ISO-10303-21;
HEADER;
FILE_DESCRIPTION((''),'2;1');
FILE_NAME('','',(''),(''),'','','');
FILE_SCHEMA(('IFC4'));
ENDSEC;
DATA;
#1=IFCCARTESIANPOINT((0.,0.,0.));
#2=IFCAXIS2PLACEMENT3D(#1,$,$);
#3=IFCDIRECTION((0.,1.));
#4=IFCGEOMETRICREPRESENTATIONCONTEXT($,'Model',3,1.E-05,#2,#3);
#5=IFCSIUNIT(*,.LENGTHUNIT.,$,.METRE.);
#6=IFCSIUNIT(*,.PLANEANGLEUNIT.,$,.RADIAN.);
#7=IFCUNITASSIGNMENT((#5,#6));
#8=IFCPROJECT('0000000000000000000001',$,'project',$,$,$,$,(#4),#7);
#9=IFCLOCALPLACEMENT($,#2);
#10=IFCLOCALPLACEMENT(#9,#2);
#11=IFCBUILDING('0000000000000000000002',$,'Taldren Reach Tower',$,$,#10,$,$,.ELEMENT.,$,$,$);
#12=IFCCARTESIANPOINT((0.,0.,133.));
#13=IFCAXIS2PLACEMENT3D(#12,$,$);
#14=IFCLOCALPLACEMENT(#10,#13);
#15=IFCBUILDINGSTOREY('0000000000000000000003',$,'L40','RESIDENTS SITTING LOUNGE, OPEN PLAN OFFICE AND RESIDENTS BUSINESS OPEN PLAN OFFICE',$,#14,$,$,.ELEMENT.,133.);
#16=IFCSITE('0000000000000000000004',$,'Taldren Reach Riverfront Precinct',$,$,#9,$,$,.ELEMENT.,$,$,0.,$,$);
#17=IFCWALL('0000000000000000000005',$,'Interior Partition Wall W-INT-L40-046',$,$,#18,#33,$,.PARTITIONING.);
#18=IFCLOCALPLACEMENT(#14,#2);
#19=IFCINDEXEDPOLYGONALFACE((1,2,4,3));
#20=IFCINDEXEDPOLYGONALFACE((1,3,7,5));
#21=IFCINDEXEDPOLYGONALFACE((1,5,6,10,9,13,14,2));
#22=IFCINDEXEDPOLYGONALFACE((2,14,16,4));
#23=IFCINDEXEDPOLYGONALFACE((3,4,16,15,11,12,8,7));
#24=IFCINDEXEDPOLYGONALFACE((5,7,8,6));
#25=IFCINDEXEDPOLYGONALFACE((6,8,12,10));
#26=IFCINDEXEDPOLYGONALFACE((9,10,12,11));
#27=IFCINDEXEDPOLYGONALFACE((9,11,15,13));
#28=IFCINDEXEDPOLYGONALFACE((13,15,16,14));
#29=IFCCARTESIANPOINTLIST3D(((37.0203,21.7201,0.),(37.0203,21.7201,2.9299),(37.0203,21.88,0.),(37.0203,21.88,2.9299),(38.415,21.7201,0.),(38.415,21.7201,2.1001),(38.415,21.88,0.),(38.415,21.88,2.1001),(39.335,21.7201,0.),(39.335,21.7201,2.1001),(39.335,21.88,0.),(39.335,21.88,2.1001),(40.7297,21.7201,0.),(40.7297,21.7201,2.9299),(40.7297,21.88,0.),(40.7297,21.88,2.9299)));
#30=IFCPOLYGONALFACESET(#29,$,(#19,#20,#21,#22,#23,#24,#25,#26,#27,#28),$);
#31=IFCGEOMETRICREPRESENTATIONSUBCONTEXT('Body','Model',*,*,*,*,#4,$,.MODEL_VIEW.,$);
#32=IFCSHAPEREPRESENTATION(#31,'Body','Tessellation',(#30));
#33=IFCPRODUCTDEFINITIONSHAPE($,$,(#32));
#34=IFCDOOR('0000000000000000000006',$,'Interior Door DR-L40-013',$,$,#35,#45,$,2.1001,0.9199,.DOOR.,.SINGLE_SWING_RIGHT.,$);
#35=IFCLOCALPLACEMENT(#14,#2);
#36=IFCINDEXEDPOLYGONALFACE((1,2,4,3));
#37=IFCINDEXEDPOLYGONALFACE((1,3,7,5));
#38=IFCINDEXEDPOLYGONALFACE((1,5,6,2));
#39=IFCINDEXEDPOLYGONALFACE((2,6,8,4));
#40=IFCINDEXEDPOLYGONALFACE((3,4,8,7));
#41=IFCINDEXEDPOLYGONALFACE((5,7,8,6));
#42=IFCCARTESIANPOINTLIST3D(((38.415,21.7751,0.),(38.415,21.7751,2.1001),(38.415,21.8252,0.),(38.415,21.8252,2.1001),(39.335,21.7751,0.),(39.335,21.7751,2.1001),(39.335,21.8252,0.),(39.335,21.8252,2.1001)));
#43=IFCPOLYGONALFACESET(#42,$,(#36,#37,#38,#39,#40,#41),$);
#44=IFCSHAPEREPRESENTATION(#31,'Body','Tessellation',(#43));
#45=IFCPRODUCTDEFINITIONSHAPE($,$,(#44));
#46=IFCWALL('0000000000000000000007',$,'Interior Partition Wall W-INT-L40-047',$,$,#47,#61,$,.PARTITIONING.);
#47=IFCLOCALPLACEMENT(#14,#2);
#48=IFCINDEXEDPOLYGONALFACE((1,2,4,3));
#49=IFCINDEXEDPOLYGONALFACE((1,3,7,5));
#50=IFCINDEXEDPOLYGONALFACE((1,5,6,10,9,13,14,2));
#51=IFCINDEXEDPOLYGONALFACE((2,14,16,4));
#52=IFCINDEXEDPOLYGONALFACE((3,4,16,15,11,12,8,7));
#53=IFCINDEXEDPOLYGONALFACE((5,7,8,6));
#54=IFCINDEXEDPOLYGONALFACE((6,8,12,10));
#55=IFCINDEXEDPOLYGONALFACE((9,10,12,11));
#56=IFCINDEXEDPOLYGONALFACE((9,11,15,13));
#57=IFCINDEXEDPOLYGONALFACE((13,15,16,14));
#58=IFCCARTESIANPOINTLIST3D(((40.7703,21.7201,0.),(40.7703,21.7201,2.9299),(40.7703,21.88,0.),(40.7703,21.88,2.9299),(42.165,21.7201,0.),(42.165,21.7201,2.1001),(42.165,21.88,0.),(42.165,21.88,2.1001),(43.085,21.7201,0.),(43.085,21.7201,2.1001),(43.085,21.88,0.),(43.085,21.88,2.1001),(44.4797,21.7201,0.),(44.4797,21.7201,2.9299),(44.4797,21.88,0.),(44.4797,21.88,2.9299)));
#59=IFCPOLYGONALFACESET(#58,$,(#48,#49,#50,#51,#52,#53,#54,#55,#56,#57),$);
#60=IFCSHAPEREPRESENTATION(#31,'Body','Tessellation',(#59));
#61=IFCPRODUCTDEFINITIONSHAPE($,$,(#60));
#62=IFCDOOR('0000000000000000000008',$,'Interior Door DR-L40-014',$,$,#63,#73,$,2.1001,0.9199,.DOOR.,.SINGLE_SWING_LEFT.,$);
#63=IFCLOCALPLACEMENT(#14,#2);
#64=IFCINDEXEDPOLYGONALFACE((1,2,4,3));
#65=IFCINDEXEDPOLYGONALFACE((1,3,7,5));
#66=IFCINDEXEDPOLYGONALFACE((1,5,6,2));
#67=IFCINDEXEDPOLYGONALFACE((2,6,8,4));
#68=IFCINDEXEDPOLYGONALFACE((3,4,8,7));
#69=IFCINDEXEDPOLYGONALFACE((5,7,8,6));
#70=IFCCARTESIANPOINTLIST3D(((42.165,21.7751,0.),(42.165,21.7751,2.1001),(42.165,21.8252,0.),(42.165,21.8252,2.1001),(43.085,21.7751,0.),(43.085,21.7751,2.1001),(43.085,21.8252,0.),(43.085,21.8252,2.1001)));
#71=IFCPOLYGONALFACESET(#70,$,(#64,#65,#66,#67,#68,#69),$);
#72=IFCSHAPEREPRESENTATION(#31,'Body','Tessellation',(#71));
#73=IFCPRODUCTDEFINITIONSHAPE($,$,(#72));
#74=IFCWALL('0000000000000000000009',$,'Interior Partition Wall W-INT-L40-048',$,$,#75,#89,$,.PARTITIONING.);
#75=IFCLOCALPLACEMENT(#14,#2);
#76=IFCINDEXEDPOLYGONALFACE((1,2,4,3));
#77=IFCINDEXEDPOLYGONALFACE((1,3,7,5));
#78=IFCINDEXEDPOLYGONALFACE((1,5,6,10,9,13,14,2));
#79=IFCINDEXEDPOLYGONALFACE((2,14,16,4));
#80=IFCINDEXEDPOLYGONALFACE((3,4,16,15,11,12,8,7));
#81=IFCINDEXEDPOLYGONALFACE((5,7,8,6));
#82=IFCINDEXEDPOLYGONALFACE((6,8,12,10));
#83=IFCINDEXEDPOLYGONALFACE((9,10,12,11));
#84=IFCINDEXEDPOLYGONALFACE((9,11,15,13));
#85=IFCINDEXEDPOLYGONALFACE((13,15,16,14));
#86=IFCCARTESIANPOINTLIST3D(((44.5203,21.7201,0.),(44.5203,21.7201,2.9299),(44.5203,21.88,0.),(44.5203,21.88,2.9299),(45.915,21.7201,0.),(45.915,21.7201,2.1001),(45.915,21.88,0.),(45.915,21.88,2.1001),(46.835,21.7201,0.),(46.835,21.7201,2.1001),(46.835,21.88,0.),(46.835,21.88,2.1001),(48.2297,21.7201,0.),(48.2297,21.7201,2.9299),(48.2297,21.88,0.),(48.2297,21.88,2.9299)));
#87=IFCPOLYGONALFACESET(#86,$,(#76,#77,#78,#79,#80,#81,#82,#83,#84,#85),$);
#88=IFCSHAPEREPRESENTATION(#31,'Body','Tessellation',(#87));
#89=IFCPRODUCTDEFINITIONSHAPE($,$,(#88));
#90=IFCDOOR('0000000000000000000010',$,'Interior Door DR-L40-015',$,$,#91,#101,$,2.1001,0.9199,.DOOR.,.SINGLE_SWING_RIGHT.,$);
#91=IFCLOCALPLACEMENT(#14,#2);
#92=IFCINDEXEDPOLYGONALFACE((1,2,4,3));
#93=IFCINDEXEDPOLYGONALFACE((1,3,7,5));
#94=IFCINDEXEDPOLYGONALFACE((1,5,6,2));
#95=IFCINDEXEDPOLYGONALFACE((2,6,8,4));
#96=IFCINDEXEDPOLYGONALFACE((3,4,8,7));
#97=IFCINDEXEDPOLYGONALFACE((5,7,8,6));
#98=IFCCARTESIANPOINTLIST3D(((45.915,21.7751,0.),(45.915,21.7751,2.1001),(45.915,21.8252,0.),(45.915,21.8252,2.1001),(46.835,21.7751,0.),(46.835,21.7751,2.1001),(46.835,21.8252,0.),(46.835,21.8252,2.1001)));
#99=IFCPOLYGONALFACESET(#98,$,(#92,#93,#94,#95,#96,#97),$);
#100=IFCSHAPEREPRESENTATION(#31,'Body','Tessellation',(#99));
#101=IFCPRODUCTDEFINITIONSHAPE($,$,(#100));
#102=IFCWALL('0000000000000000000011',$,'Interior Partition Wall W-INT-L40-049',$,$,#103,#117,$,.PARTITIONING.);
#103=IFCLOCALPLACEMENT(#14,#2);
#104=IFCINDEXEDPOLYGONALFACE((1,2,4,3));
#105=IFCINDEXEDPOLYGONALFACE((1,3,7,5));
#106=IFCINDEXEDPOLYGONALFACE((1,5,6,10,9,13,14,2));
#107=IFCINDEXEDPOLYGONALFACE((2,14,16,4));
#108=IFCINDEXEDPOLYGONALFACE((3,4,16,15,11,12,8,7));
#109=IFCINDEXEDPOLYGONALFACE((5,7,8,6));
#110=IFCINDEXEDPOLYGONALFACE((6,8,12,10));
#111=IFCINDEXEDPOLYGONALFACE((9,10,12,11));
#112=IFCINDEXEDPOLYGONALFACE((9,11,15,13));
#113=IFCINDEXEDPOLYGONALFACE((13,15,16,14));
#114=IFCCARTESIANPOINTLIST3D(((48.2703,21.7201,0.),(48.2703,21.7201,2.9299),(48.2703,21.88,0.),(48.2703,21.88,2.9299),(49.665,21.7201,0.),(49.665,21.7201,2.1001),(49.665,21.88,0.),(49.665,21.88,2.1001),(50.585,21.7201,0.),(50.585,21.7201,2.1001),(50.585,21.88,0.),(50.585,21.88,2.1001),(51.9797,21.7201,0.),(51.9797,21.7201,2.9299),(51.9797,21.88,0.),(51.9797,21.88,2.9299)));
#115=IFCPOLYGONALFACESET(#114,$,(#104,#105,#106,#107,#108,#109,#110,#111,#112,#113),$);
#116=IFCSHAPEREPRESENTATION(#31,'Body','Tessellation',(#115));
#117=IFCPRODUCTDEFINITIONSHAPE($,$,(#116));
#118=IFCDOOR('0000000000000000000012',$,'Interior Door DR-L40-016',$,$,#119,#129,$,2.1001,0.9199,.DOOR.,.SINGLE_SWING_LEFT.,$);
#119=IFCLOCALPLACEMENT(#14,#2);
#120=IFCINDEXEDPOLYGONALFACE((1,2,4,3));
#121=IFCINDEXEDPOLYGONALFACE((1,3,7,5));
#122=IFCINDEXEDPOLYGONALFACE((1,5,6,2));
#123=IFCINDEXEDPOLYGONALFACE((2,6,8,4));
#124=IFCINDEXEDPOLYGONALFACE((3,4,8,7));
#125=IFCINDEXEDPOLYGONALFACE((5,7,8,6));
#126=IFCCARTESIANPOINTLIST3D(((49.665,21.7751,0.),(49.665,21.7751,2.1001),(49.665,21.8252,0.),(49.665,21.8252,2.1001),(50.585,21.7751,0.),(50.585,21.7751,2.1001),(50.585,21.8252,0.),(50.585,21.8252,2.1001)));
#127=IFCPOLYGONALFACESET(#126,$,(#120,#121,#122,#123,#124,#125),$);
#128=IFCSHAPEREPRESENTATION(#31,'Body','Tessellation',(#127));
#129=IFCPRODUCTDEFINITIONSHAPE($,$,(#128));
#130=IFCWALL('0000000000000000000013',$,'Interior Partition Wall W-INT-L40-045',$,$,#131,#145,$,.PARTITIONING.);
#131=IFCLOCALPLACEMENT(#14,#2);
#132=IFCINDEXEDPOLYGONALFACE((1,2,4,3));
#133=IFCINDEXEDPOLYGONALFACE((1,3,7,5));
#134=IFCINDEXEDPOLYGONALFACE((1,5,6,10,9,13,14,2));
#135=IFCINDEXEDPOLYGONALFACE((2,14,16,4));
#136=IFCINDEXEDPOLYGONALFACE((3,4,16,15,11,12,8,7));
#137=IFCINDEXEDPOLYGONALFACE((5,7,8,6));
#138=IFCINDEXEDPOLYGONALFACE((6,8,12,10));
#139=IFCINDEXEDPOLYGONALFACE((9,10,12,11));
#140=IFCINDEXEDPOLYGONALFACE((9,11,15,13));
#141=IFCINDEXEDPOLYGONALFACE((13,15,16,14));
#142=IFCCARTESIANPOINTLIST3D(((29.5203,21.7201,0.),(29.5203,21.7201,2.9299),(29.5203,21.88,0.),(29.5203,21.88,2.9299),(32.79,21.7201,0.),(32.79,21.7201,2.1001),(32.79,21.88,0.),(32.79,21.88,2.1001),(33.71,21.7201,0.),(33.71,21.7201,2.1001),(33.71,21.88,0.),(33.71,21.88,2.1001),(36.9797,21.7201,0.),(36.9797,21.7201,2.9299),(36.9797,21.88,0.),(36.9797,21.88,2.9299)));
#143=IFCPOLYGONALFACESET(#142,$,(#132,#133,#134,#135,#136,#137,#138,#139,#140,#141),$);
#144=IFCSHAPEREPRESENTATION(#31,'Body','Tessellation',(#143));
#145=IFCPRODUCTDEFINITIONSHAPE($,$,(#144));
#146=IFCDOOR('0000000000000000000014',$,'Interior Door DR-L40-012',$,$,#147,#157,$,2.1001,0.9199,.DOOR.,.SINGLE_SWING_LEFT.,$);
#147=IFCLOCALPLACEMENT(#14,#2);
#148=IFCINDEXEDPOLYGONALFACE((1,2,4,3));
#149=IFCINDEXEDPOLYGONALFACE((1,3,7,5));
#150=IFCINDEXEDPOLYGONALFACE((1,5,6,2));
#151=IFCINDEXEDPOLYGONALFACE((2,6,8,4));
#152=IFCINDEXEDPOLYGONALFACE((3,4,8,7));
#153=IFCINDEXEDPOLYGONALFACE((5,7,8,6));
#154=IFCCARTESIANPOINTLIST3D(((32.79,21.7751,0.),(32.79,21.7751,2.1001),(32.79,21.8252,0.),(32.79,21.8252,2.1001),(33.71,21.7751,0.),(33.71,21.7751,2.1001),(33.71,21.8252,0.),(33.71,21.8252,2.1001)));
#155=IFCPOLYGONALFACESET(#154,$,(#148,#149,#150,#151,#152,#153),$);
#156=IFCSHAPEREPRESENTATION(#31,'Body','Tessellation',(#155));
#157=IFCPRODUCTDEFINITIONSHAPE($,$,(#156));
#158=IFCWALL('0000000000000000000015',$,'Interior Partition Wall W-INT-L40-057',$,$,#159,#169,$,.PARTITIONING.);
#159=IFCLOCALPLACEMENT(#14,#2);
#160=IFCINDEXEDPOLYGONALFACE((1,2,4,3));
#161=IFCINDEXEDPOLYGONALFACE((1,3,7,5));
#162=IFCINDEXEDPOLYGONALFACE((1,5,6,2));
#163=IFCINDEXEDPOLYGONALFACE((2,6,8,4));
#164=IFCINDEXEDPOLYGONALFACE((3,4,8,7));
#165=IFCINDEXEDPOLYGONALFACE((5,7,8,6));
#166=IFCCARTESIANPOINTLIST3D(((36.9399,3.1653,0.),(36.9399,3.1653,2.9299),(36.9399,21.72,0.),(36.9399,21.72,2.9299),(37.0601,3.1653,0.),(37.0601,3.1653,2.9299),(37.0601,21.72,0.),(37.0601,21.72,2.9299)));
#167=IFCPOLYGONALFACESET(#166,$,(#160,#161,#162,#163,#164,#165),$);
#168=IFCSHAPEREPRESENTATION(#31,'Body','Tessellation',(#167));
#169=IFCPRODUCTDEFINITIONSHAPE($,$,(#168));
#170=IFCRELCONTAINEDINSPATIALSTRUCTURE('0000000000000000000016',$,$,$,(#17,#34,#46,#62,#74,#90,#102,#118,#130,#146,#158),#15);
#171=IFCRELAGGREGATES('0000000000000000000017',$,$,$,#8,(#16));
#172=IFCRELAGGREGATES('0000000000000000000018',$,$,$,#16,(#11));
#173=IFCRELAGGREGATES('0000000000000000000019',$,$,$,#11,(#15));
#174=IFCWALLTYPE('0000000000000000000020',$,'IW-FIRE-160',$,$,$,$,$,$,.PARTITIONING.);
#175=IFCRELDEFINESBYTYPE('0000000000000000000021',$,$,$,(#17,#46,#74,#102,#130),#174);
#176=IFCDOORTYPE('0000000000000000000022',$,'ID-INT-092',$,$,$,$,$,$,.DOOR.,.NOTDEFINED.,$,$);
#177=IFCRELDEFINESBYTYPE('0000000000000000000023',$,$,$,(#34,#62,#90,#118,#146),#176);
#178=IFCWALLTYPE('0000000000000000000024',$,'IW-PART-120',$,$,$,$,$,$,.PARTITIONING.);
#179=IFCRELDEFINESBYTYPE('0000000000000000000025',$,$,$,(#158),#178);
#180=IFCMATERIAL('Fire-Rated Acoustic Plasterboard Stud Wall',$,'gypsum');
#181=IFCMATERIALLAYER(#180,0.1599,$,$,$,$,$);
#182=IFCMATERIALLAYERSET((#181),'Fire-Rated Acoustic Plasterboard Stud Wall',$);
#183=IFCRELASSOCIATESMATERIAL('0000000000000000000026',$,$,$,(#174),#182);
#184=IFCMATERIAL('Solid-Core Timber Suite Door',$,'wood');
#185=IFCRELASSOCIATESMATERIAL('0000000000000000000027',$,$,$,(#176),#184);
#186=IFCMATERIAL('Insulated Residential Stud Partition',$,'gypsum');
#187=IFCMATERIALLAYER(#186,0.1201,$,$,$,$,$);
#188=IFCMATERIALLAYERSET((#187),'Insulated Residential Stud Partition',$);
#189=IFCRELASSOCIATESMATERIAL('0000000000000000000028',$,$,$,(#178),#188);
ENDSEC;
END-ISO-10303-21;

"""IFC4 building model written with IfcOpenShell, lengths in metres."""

from ifc_helpers import new_model, si_unit, direction, frame, frame_2d, origin, place, context, subcontext, project, spatial, rectangle, extrude, source, transform, mapped, material, layer, layer_set, type_object, element, fill, save


model = new_model("IFC4")

# Units and contexts
model_context = context("Model", 3, precision=1e-05, world=origin(), true_north=direction((0.0, 1.0)))
body_context = subcontext(model_context, "Body", "Model", "MODEL_VIEW")
ifc_project = project(units=[si_unit("LENGTHUNIT", "METRE"), si_unit("PLANEANGLEUNIT", "RADIAN")], contexts=[model_context])

# Site, building, storey
site_placement = place(None, origin())
site = spatial("IfcSite", under=ifc_project, at=site_placement, Name="Taldren Reach Riverfront Precinct", CompositionType="ELEMENT", RefElevation=0.0)
building_placement = place(site_placement, origin())
building = spatial("IfcBuilding", under=site, at=building_placement, Name="Taldren Reach Tower", CompositionType="ELEMENT")
storey_placement = place(building_placement, frame((0.0, 0.0, 133.0)))
storey = spatial("IfcBuildingStorey", under=building, at=storey_placement, Name="L40", Description="RESIDENTS SITTING LOUNGE, OPEN PLAN OFFICE AND RESIDENTS BUSINESS OPEN PLAN OFFICE", CompositionType="ELEMENT", Elevation=133.0)

# Walls, openings, doors
ifc_material_1 = material(Name="Fire-Rated Acoustic Plasterboard Stud Wall", Category="gypsum")
ifc_layer_1 = layer(ifc_material_1, 0.1599)
ifc_layer_set_1 = layer_set([ifc_layer_1], Name="Fire-Rated Acoustic Plasterboard Stud Wall")
wall_type_1 = type_object("IfcWallType", Name="IW-FIRE-160", PredefinedType="PARTITIONING", material=ifc_layer_set_1)
shared_shape_1 = source(origin(), body_context, "Body", "SweptSolid", [
    extrude(rectangle(XDim=3.7095, YDim=0.1599, at=frame_2d((1.8547, 0.0))), origin(), (0.0, 0.0, 1.0), 2.9299),
])
wall_1_placement = place(storey_placement, frame((40.7297, 21.8, 0.0), z_axis=(0.0, 0.0, 1.0), x_axis=(-1.0, 0.0, 0.0)))
wall_1 = element("IfcWall", 1, at=wall_1_placement, inside=storey, type_object=wall_type_1, Name="Interior Partition Wall W-INT-L40-046", PredefinedType="PARTITIONING", context=body_context, shape_type="MappedRepresentation", body=[
    mapped(shared_shape_1, transform((0.0, 0.0, 0.0), scale=1.0)),
])
shared_shape_2 = source(origin(), body_context, "Body", "SweptSolid", [
    extrude(rectangle(XDim=0.9199, YDim=2.1001, at=frame_2d((0.46, 1.05))), frame((0.0, 0.0898, 0.0), z_axis=(0.0, -1.0, 0.0), x_axis=(1.0, 0.0, 0.0)), (0.0, 0.0, 1.0), 0.1799),
])
opening_1_placement = place(wall_1_placement, frame((1.3948, 0.0, 0.0)))
opening_1 = element("IfcOpeningElement", 2, at=opening_1_placement, cuts=wall_1, PredefinedType="OPENING", context=body_context, shape_type="MappedRepresentation", body=[
    mapped(shared_shape_2, transform((0.0, 0.0, 0.0), scale=1.0)),
])
ifc_material_2 = material(Name="Solid-Core Timber Suite Door", Category="wood")
door_type = type_object("IfcDoorType", Name="ID-INT-092", OperationType="NOTDEFINED", PredefinedType="DOOR", material=ifc_material_2)
shared_shape_3 = source(origin(), body_context, "Body", "SweptSolid", [
    extrude(rectangle(XDim=0.9199, YDim=2.1001, at=frame_2d((0.46, 1.05))), frame((0.0, 0.0249, 0.0), z_axis=(0.0, -1.0, 0.0), x_axis=(1.0, 0.0, 0.0)), (0.0, 0.0, 1.0), 0.05),
])
door_1_placement = place(opening_1_placement, origin())
door_1 = element("IfcDoor", 3, at=door_1_placement, inside=storey, type_object=door_type, Name="Interior Door DR-L40-013", OperationType="SINGLE_SWING_RIGHT", OverallHeight=2.1001, OverallWidth=0.9199, PredefinedType="DOOR", context=body_context, shape_type="MappedRepresentation", body=[
    mapped(shared_shape_3, transform((0.0, 0.0, 0.0), scale=1.0)),
])
fill(opening_1, door_1)
wall_2_placement = place(storey_placement, frame((44.4797, 21.8, 0.0), z_axis=(0.0, 0.0, 1.0), x_axis=(-1.0, 0.0, 0.0)))
wall_2 = element("IfcWall", 4, at=wall_2_placement, inside=storey, type_object=wall_type_1, Name="Interior Partition Wall W-INT-L40-047", PredefinedType="PARTITIONING", context=body_context, shape_type="MappedRepresentation", body=[
    mapped(shared_shape_1, transform((0.0, 0.0, 0.0), scale=1.0)),
])
opening_2_placement = place(wall_2_placement, frame((1.3948, 0.0, 0.0)))
opening_2 = element("IfcOpeningElement", 5, at=opening_2_placement, cuts=wall_2, PredefinedType="OPENING", context=body_context, shape_type="MappedRepresentation", body=[
    mapped(shared_shape_2, transform((0.0, 0.0, 0.0), scale=1.0)),
])
door_2_placement = place(opening_2_placement, origin())
door_2 = element("IfcDoor", 6, at=door_2_placement, inside=storey, type_object=door_type, Name="Interior Door DR-L40-014", OperationType="SINGLE_SWING_LEFT", OverallHeight=2.1001, OverallWidth=0.9199, PredefinedType="DOOR", context=body_context, shape_type="MappedRepresentation", body=[
    mapped(shared_shape_3, transform((0.0, 0.0, 0.0), scale=1.0)),
])
fill(opening_2, door_2)
wall_3_placement = place(storey_placement, frame((48.2297, 21.8, 0.0), z_axis=(0.0, 0.0, 1.0), x_axis=(-1.0, 0.0, 0.0)))
wall_3 = element("IfcWall", 7, at=wall_3_placement, inside=storey, type_object=wall_type_1, Name="Interior Partition Wall W-INT-L40-048", PredefinedType="PARTITIONING", context=body_context, shape_type="MappedRepresentation", body=[
    mapped(shared_shape_1, transform((0.0, 0.0, 0.0), scale=1.0)),
])
opening_3_placement = place(wall_3_placement, frame((1.3948, 0.0, 0.0)))
opening_3 = element("IfcOpeningElement", 8, at=opening_3_placement, cuts=wall_3, PredefinedType="OPENING", context=body_context, shape_type="MappedRepresentation", body=[
    mapped(shared_shape_2, transform((0.0, 0.0, 0.0), scale=1.0)),
])
door_3_placement = place(opening_3_placement, origin())
door_3 = element("IfcDoor", 9, at=door_3_placement, inside=storey, type_object=door_type, Name="Interior Door DR-L40-015", OperationType="SINGLE_SWING_RIGHT", OverallHeight=2.1001, OverallWidth=0.9199, PredefinedType="DOOR", context=body_context, shape_type="MappedRepresentation", body=[
    mapped(shared_shape_3, transform((0.0, 0.0, 0.0), scale=1.0)),
])
fill(opening_3, door_3)
wall_4_placement = place(storey_placement, frame((51.9797, 21.8, 0.0), z_axis=(0.0, 0.0, 1.0), x_axis=(-1.0, 0.0, 0.0)))
wall_4 = element("IfcWall", 10, at=wall_4_placement, inside=storey, type_object=wall_type_1, Name="Interior Partition Wall W-INT-L40-049", PredefinedType="PARTITIONING", context=body_context, shape_type="MappedRepresentation", body=[
    mapped(shared_shape_1, transform((0.0, 0.0, 0.0), scale=1.0)),
])
opening_4_placement = place(wall_4_placement, frame((1.3948, 0.0, 0.0)))
opening_4 = element("IfcOpeningElement", 11, at=opening_4_placement, cuts=wall_4, PredefinedType="OPENING", context=body_context, shape_type="MappedRepresentation", body=[
    mapped(shared_shape_2, transform((0.0, 0.0, 0.0), scale=1.0)),
])
door_4_placement = place(opening_4_placement, origin())
door_4 = element("IfcDoor", 12, at=door_4_placement, inside=storey, type_object=door_type, Name="Interior Door DR-L40-016", OperationType="SINGLE_SWING_LEFT", OverallHeight=2.1001, OverallWidth=0.9199, PredefinedType="DOOR", context=body_context, shape_type="MappedRepresentation", body=[
    mapped(shared_shape_3, transform((0.0, 0.0, 0.0), scale=1.0)),
])
fill(opening_4, door_4)
shared_shape_4 = source(origin(), body_context, "Body", "SweptSolid", [
    extrude(rectangle(XDim=7.4595, YDim=0.1599, at=frame_2d((3.7297, 0.0))), origin(), (0.0, 0.0, 1.0), 2.9299),
])
wall_5_placement = place(storey_placement, frame((36.9797, 21.8, 0.0), z_axis=(0.0, 0.0, 1.0), x_axis=(-1.0, 0.0, 0.0)))
wall_5 = element("IfcWall", 13, at=wall_5_placement, inside=storey, type_object=wall_type_1, Name="Interior Partition Wall W-INT-L40-045", PredefinedType="PARTITIONING", context=body_context, shape_type="MappedRepresentation", body=[
    mapped(shared_shape_4, transform((0.0, 0.0, 0.0), scale=1.0)),
])
opening_5_placement = place(wall_5_placement, frame((3.2698, 0.0, 0.0)))
opening_5 = element("IfcOpeningElement", 14, at=opening_5_placement, cuts=wall_5, PredefinedType="OPENING", context=body_context, shape_type="MappedRepresentation", body=[
    mapped(shared_shape_2, transform((0.0, 0.0, 0.0), scale=1.0)),
])
door_5_placement = place(opening_5_placement, origin())
door_5 = element("IfcDoor", 15, at=door_5_placement, inside=storey, type_object=door_type, Name="Interior Door DR-L40-012", OperationType="SINGLE_SWING_LEFT", OverallHeight=2.1001, OverallWidth=0.9199, PredefinedType="DOOR", context=body_context, shape_type="MappedRepresentation", body=[
    mapped(shared_shape_3, transform((0.0, 0.0, 0.0), scale=1.0)),
])
fill(opening_5, door_5)

# Wall
ifc_material_3 = material(Name="Insulated Residential Stud Partition", Category="gypsum")
ifc_layer_2 = layer(ifc_material_3, 0.1201)
ifc_layer_set_2 = layer_set([ifc_layer_2], Name="Insulated Residential Stud Partition")
wall_type_2 = type_object("IfcWallType", Name="IW-PART-120", PredefinedType="PARTITIONING", material=ifc_layer_set_2)
shared_shape_5 = source(origin(), body_context, "Body", "SweptSolid", [
    extrude(rectangle(XDim=18.5547, YDim=0.1201, at=frame_2d((9.2773, 0.0))), origin(), (0.0, 0.0, 1.0), 2.9299),
])
wall_6_placement = place(storey_placement, frame((37.0, 21.72, 0.0), z_axis=(0.0, 0.0, 1.0), x_axis=(0.0, -1.0, 0.0)))
element("IfcWall", 16, at=wall_6_placement, inside=storey, type_object=wall_type_2, Name="Interior Partition Wall W-INT-L40-057", PredefinedType="PARTITIONING", context=body_context, shape_type="MappedRepresentation", body=[
    mapped(shared_shape_5, transform((0.0, 0.0, 0.0), scale=1.0)),
])

save(model, "model.ifc")
